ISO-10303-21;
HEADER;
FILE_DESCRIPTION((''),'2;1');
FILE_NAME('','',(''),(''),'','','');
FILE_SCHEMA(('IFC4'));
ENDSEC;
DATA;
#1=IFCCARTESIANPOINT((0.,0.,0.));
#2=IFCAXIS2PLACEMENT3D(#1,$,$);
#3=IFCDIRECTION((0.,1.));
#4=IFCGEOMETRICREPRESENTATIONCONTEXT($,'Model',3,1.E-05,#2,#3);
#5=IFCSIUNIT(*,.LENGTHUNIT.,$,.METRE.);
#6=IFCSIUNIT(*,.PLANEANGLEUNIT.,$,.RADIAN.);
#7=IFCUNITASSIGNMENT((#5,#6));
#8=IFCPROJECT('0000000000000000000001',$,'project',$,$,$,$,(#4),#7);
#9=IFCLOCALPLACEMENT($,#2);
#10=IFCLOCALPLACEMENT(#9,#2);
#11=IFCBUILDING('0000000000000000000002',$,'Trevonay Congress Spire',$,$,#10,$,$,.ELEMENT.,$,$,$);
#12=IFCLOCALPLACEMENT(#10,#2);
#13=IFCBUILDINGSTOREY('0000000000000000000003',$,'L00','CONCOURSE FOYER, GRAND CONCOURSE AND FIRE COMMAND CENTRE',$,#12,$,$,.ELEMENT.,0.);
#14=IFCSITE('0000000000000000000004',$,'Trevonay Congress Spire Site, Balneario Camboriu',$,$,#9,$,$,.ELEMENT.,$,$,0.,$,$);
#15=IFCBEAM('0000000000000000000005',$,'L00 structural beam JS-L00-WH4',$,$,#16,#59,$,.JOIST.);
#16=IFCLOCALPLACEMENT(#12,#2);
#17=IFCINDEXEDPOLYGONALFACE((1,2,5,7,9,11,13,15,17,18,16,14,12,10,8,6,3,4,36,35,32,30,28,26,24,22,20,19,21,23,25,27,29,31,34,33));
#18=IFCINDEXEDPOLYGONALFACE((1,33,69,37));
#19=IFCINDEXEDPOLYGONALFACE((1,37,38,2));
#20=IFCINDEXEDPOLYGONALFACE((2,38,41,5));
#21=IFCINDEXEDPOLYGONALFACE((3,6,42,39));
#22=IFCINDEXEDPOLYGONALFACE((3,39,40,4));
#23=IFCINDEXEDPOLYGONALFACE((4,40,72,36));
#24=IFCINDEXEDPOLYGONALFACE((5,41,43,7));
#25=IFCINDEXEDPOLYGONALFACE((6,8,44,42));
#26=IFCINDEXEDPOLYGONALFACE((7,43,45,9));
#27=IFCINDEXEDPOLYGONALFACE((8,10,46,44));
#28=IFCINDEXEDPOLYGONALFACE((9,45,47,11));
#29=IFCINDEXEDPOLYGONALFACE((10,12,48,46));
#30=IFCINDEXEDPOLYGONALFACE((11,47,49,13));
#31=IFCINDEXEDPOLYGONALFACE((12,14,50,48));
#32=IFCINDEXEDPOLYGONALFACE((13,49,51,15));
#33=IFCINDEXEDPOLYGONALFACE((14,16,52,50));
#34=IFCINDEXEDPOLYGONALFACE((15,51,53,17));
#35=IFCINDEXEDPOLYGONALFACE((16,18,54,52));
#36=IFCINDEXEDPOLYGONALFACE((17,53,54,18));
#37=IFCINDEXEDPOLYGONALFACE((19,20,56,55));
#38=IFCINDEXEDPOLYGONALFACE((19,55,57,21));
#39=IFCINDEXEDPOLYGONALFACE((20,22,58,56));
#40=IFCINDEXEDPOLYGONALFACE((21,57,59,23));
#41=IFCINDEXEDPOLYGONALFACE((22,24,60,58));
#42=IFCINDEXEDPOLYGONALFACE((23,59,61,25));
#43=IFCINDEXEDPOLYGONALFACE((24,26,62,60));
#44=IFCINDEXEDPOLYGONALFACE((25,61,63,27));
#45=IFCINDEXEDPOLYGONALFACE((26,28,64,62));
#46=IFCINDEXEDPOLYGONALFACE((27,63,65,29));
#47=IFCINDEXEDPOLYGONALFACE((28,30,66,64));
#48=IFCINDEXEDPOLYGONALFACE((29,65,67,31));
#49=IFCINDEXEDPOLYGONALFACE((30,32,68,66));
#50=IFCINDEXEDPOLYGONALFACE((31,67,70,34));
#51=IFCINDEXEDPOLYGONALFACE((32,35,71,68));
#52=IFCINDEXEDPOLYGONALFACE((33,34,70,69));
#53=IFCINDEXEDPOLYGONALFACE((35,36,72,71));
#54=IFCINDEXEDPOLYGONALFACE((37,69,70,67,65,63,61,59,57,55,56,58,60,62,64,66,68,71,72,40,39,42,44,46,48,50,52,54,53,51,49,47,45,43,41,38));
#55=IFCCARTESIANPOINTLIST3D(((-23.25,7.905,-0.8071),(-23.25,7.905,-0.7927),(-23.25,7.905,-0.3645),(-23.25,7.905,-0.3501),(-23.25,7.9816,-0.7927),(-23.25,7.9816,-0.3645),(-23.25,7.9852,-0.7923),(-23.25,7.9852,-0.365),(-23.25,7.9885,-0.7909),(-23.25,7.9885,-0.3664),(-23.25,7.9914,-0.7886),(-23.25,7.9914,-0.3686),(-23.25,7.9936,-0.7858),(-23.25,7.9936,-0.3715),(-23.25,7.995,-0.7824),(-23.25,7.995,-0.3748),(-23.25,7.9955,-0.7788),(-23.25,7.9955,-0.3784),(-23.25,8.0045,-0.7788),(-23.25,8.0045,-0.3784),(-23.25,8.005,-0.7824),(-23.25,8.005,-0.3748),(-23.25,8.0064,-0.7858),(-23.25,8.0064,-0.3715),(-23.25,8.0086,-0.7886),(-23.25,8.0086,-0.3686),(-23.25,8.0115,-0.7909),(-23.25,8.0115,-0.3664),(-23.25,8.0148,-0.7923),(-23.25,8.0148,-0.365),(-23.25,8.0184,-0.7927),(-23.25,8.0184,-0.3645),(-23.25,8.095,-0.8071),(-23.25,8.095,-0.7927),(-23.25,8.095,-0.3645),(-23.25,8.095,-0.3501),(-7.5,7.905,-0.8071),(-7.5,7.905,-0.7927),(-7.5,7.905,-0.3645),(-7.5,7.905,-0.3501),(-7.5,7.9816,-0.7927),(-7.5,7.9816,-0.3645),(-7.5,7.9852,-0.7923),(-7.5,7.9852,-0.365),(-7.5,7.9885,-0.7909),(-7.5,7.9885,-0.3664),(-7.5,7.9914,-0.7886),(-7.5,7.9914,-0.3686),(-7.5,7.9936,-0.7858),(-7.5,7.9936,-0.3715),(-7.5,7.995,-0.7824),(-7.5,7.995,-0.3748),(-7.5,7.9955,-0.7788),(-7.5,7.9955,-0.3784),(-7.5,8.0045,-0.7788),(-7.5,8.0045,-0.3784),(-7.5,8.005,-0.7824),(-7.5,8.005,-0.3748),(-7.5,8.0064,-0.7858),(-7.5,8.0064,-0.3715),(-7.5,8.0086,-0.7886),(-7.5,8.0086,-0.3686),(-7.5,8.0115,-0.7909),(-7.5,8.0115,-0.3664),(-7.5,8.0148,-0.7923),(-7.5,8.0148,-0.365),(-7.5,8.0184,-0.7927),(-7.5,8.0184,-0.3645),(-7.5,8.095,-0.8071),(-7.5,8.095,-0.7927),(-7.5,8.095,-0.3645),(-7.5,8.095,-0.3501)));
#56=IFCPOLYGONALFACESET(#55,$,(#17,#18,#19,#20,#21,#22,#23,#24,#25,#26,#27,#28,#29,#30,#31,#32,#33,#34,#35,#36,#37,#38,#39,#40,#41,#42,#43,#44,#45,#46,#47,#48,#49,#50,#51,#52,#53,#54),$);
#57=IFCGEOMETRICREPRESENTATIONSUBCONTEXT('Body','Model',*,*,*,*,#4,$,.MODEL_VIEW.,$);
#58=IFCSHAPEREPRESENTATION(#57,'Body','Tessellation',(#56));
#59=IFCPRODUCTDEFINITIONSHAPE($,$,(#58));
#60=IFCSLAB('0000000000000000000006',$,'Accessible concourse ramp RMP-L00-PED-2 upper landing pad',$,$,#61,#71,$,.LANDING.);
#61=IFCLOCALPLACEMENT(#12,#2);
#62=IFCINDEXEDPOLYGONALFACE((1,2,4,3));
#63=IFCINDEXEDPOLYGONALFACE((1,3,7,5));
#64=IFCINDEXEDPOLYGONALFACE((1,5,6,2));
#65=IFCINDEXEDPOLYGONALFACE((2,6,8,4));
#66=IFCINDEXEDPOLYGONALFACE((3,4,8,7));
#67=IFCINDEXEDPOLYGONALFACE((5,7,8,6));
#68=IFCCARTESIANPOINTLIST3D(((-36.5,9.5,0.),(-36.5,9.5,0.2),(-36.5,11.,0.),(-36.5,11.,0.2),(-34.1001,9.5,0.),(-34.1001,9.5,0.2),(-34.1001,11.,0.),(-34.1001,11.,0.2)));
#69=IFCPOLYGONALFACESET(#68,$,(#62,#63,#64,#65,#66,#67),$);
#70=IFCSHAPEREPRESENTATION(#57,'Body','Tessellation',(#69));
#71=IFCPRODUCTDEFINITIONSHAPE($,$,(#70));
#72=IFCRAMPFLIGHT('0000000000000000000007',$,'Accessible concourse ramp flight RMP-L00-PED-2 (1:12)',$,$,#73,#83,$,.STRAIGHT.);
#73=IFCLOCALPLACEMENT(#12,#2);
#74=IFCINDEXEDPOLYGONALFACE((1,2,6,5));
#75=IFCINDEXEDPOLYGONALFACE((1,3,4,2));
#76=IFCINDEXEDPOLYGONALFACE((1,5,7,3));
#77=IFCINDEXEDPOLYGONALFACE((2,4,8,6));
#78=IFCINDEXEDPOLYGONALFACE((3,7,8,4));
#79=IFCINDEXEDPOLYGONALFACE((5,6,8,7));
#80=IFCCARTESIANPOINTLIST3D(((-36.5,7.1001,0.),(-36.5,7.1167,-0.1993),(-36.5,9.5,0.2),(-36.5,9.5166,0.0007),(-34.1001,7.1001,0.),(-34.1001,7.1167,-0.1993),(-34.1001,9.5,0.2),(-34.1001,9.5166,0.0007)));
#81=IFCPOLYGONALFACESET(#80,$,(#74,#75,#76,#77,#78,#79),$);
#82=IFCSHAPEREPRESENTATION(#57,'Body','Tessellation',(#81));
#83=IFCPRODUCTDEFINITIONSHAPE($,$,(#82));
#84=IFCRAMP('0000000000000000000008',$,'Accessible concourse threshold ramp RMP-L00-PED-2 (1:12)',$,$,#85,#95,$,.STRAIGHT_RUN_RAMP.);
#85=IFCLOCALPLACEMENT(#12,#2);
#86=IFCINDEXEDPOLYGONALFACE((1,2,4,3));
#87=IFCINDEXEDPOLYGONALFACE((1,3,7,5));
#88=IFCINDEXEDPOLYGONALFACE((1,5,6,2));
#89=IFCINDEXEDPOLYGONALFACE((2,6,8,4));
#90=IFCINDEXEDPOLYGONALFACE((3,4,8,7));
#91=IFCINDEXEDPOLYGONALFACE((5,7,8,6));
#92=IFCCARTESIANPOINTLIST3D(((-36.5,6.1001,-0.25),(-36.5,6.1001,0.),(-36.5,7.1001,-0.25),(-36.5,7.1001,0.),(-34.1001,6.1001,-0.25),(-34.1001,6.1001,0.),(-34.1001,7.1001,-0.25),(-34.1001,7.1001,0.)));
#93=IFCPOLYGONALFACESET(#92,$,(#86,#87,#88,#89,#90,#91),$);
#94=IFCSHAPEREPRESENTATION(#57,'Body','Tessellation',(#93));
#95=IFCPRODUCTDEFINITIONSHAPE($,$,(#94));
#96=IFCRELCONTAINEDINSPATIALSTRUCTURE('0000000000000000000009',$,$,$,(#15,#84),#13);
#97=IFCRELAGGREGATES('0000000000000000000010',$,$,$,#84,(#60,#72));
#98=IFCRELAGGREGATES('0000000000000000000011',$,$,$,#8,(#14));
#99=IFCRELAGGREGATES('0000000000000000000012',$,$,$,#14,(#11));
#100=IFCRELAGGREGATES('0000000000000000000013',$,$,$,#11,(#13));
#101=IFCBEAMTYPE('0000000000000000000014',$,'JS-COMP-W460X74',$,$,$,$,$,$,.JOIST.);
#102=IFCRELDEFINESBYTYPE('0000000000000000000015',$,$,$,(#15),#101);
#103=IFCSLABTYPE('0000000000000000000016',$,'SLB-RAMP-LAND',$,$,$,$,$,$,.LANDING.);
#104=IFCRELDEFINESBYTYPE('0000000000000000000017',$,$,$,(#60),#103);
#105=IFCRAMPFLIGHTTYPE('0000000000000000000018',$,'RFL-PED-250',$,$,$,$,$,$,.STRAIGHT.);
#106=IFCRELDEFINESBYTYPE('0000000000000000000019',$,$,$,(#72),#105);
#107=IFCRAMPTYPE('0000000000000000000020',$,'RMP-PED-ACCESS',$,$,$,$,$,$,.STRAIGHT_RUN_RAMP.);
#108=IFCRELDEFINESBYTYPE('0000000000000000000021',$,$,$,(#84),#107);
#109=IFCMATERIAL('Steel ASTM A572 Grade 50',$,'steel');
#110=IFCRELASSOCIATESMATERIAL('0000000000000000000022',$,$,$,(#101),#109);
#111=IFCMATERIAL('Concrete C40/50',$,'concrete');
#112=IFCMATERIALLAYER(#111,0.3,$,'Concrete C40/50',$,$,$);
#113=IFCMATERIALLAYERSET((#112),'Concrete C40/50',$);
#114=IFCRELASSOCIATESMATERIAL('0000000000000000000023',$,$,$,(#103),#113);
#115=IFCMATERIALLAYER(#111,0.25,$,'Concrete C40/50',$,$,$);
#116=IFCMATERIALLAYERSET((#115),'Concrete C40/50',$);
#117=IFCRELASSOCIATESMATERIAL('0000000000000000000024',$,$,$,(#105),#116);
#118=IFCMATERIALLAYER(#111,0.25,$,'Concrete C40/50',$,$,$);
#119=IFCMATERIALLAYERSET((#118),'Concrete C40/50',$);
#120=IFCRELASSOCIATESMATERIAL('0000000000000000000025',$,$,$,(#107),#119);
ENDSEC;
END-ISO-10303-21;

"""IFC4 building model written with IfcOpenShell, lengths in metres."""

from ifc_helpers import new_model, si_unit, direction, frame, origin, origin_2d, place, context, subcontext, project, spatial, polyline, rectangle, i_section, outline, extrude, material, layer, layer_set, material_profile, profile_set, type_object, element, aggregate, save


model = new_model("IFC4")

# Units and contexts
model_context = context("Model", 3, precision=1e-05, world=origin(), true_north=direction((0.0, 1.0)))
body_context = subcontext(model_context, "Body", "Model", "MODEL_VIEW")
ifc_project = project(units=[si_unit("LENGTHUNIT", "METRE"), si_unit("PLANEANGLEUNIT", "RADIAN")], contexts=[model_context])

# Site, building, storey
site_placement = place(None, origin())
site = spatial("IfcSite", under=ifc_project, at=site_placement, Name="Trevonay Congress Spire Site, Balneario Camboriu", CompositionType="ELEMENT", RefElevation=0.0)
building_placement = place(site_placement, origin())
building = spatial("IfcBuilding", under=site, at=building_placement, Name="Trevonay Congress Spire", CompositionType="ELEMENT")
storey_placement = place(building_placement, origin())
storey = spatial("IfcBuildingStorey", under=building, at=storey_placement, Name="L00", Description="CONCOURSE FOYER, GRAND CONCOURSE AND FIRE COMMAND CENTRE", CompositionType="ELEMENT", Elevation=0.0)

# Shared definitions
ifc_material_1 = material(Name="Steel ASTM A572 Grade 50", Category="steel")

# Beam
ifc_material_profile_1 = material_profile(ifc_material_1, i_section(OverallWidth=0.1899, OverallDepth=0.457, WebThickness=0.009, FlangeThickness=0.0144, FilletRadius=0.0139, at=origin_2d()), Name="W460x74")
ifc_profile_set_1 = profile_set([ifc_material_profile_1], Name="Steel ASTM A572 Grade 50")
beam_type_1 = type_object("IfcBeamType", Name="JS-COMP-W460X74", PredefinedType="JOIST", material=ifc_profile_set_1)
for number, where, z_axis, x_axis, name in (
    (1, (-23.25, 8.0, -0.5786), (1.0, 0.0, 0.0), (0.0, 1.0, 0.0), "L00 structural beam JS-L00-WH4"),
):
    element("IfcBeam", number, at=place(storey_placement, frame(where, z_axis=z_axis, x_axis=x_axis)), inside=storey, type_object=beam_type_1, Name=name, PredefinedType="JOIST", context=body_context, shape_type="SweptSolid", body=[
        extrude(i_section(OverallWidth=0.1899, OverallDepth=0.457, WebThickness=0.009, FlangeThickness=0.0144, FilletRadius=0.0139, at=origin_2d()), origin(), (0.0, 0.0, 1.0), 15.75),
    ])

# Slab
ifc_material_2 = material(Name="Concrete C40/50", Category="concrete")
ifc_layer_1 = layer(ifc_material_2, 0.3, Name="Concrete C40/50")
ifc_layer_set_1 = layer_set([ifc_layer_1], Name="Concrete C40/50")
slab_type = type_object("IfcSlabType", Name="SLB-RAMP-LAND", PredefinedType="LANDING", material=ifc_layer_set_1)
slab_placement = place(storey_placement, origin())
slab = element("IfcSlab", 2, at=slab_placement, type_object=slab_type, Name="Accessible concourse ramp RMP-L00-PED-2 upper landing pad", PredefinedType="LANDING", context=body_context, shape_type="SweptSolid", body=[
    extrude(outline(polyline([(-36.5, 9.5), (-34.1001, 9.5), (-34.1001, 11.0), (-36.5, 11.0), (-36.5, 9.5)])), origin(), (0.0, 0.0, 1.0), 0.2),
])

# Ramp flight
ifc_layer_2 = layer(ifc_material_2, 0.25, Name="Concrete C40/50")
ifc_layer_set_2 = layer_set([ifc_layer_2], Name="Concrete C40/50")
ramp_flight_type = type_object("IfcRampFlightType", Name="RFL-PED-250", PredefinedType="STRAIGHT", material=ifc_layer_set_2)
ramp_flight_placement = place(storey_placement, frame((-36.5, 7.1001, 0.0), z_axis=(0.0, -0.083029, 0.996547), x_axis=(1.0, 0.0, 0.0)))
ramp_flight = element("IfcRampFlight", 3, at=ramp_flight_placement, type_object=ramp_flight_type, Name="Accessible concourse ramp flight RMP-L00-PED-2 (1:12)", PredefinedType="STRAIGHT", context=body_context, shape_type="SweptSolid", body=[
    extrude(outline(polyline([(0.0, 0.0), (2.3999, 0.0), (2.3999, 2.4082), (0.0, 2.4082), (0.0, 0.0)])), origin(), (0.0, 0.0, -1.0), 0.2),
])

# Ramp
ifc_layer_3 = layer(ifc_material_2, 0.25, Name="Concrete C40/50")
ifc_layer_set_3 = layer_set([ifc_layer_3], Name="Concrete C40/50")
ramp_type = type_object("IfcRampType", Name="RMP-PED-ACCESS", PredefinedType="STRAIGHT_RUN_RAMP", material=ifc_layer_set_3)
ramp_placement = place(storey_placement, frame((-35.3, 6.6001, -0.25), z_axis=(0.0, 0.0, 1.0), x_axis=(1.0, 0.0, 0.0)))
ramp = element("IfcRamp", 4, at=ramp_placement, inside=storey, type_object=ramp_type, Name="Accessible concourse threshold ramp RMP-L00-PED-2 (1:12)", PredefinedType="STRAIGHT_RUN_RAMP", context=body_context, shape_type="SweptSolid", body=[
    extrude(rectangle(XDim=2.3999, YDim=1.0, at=origin_2d()), origin(), (0.0, 0.0, 1.0), 0.25),
])
aggregate(ramp, [slab, ramp_flight])

save(model, "model.ifc")
